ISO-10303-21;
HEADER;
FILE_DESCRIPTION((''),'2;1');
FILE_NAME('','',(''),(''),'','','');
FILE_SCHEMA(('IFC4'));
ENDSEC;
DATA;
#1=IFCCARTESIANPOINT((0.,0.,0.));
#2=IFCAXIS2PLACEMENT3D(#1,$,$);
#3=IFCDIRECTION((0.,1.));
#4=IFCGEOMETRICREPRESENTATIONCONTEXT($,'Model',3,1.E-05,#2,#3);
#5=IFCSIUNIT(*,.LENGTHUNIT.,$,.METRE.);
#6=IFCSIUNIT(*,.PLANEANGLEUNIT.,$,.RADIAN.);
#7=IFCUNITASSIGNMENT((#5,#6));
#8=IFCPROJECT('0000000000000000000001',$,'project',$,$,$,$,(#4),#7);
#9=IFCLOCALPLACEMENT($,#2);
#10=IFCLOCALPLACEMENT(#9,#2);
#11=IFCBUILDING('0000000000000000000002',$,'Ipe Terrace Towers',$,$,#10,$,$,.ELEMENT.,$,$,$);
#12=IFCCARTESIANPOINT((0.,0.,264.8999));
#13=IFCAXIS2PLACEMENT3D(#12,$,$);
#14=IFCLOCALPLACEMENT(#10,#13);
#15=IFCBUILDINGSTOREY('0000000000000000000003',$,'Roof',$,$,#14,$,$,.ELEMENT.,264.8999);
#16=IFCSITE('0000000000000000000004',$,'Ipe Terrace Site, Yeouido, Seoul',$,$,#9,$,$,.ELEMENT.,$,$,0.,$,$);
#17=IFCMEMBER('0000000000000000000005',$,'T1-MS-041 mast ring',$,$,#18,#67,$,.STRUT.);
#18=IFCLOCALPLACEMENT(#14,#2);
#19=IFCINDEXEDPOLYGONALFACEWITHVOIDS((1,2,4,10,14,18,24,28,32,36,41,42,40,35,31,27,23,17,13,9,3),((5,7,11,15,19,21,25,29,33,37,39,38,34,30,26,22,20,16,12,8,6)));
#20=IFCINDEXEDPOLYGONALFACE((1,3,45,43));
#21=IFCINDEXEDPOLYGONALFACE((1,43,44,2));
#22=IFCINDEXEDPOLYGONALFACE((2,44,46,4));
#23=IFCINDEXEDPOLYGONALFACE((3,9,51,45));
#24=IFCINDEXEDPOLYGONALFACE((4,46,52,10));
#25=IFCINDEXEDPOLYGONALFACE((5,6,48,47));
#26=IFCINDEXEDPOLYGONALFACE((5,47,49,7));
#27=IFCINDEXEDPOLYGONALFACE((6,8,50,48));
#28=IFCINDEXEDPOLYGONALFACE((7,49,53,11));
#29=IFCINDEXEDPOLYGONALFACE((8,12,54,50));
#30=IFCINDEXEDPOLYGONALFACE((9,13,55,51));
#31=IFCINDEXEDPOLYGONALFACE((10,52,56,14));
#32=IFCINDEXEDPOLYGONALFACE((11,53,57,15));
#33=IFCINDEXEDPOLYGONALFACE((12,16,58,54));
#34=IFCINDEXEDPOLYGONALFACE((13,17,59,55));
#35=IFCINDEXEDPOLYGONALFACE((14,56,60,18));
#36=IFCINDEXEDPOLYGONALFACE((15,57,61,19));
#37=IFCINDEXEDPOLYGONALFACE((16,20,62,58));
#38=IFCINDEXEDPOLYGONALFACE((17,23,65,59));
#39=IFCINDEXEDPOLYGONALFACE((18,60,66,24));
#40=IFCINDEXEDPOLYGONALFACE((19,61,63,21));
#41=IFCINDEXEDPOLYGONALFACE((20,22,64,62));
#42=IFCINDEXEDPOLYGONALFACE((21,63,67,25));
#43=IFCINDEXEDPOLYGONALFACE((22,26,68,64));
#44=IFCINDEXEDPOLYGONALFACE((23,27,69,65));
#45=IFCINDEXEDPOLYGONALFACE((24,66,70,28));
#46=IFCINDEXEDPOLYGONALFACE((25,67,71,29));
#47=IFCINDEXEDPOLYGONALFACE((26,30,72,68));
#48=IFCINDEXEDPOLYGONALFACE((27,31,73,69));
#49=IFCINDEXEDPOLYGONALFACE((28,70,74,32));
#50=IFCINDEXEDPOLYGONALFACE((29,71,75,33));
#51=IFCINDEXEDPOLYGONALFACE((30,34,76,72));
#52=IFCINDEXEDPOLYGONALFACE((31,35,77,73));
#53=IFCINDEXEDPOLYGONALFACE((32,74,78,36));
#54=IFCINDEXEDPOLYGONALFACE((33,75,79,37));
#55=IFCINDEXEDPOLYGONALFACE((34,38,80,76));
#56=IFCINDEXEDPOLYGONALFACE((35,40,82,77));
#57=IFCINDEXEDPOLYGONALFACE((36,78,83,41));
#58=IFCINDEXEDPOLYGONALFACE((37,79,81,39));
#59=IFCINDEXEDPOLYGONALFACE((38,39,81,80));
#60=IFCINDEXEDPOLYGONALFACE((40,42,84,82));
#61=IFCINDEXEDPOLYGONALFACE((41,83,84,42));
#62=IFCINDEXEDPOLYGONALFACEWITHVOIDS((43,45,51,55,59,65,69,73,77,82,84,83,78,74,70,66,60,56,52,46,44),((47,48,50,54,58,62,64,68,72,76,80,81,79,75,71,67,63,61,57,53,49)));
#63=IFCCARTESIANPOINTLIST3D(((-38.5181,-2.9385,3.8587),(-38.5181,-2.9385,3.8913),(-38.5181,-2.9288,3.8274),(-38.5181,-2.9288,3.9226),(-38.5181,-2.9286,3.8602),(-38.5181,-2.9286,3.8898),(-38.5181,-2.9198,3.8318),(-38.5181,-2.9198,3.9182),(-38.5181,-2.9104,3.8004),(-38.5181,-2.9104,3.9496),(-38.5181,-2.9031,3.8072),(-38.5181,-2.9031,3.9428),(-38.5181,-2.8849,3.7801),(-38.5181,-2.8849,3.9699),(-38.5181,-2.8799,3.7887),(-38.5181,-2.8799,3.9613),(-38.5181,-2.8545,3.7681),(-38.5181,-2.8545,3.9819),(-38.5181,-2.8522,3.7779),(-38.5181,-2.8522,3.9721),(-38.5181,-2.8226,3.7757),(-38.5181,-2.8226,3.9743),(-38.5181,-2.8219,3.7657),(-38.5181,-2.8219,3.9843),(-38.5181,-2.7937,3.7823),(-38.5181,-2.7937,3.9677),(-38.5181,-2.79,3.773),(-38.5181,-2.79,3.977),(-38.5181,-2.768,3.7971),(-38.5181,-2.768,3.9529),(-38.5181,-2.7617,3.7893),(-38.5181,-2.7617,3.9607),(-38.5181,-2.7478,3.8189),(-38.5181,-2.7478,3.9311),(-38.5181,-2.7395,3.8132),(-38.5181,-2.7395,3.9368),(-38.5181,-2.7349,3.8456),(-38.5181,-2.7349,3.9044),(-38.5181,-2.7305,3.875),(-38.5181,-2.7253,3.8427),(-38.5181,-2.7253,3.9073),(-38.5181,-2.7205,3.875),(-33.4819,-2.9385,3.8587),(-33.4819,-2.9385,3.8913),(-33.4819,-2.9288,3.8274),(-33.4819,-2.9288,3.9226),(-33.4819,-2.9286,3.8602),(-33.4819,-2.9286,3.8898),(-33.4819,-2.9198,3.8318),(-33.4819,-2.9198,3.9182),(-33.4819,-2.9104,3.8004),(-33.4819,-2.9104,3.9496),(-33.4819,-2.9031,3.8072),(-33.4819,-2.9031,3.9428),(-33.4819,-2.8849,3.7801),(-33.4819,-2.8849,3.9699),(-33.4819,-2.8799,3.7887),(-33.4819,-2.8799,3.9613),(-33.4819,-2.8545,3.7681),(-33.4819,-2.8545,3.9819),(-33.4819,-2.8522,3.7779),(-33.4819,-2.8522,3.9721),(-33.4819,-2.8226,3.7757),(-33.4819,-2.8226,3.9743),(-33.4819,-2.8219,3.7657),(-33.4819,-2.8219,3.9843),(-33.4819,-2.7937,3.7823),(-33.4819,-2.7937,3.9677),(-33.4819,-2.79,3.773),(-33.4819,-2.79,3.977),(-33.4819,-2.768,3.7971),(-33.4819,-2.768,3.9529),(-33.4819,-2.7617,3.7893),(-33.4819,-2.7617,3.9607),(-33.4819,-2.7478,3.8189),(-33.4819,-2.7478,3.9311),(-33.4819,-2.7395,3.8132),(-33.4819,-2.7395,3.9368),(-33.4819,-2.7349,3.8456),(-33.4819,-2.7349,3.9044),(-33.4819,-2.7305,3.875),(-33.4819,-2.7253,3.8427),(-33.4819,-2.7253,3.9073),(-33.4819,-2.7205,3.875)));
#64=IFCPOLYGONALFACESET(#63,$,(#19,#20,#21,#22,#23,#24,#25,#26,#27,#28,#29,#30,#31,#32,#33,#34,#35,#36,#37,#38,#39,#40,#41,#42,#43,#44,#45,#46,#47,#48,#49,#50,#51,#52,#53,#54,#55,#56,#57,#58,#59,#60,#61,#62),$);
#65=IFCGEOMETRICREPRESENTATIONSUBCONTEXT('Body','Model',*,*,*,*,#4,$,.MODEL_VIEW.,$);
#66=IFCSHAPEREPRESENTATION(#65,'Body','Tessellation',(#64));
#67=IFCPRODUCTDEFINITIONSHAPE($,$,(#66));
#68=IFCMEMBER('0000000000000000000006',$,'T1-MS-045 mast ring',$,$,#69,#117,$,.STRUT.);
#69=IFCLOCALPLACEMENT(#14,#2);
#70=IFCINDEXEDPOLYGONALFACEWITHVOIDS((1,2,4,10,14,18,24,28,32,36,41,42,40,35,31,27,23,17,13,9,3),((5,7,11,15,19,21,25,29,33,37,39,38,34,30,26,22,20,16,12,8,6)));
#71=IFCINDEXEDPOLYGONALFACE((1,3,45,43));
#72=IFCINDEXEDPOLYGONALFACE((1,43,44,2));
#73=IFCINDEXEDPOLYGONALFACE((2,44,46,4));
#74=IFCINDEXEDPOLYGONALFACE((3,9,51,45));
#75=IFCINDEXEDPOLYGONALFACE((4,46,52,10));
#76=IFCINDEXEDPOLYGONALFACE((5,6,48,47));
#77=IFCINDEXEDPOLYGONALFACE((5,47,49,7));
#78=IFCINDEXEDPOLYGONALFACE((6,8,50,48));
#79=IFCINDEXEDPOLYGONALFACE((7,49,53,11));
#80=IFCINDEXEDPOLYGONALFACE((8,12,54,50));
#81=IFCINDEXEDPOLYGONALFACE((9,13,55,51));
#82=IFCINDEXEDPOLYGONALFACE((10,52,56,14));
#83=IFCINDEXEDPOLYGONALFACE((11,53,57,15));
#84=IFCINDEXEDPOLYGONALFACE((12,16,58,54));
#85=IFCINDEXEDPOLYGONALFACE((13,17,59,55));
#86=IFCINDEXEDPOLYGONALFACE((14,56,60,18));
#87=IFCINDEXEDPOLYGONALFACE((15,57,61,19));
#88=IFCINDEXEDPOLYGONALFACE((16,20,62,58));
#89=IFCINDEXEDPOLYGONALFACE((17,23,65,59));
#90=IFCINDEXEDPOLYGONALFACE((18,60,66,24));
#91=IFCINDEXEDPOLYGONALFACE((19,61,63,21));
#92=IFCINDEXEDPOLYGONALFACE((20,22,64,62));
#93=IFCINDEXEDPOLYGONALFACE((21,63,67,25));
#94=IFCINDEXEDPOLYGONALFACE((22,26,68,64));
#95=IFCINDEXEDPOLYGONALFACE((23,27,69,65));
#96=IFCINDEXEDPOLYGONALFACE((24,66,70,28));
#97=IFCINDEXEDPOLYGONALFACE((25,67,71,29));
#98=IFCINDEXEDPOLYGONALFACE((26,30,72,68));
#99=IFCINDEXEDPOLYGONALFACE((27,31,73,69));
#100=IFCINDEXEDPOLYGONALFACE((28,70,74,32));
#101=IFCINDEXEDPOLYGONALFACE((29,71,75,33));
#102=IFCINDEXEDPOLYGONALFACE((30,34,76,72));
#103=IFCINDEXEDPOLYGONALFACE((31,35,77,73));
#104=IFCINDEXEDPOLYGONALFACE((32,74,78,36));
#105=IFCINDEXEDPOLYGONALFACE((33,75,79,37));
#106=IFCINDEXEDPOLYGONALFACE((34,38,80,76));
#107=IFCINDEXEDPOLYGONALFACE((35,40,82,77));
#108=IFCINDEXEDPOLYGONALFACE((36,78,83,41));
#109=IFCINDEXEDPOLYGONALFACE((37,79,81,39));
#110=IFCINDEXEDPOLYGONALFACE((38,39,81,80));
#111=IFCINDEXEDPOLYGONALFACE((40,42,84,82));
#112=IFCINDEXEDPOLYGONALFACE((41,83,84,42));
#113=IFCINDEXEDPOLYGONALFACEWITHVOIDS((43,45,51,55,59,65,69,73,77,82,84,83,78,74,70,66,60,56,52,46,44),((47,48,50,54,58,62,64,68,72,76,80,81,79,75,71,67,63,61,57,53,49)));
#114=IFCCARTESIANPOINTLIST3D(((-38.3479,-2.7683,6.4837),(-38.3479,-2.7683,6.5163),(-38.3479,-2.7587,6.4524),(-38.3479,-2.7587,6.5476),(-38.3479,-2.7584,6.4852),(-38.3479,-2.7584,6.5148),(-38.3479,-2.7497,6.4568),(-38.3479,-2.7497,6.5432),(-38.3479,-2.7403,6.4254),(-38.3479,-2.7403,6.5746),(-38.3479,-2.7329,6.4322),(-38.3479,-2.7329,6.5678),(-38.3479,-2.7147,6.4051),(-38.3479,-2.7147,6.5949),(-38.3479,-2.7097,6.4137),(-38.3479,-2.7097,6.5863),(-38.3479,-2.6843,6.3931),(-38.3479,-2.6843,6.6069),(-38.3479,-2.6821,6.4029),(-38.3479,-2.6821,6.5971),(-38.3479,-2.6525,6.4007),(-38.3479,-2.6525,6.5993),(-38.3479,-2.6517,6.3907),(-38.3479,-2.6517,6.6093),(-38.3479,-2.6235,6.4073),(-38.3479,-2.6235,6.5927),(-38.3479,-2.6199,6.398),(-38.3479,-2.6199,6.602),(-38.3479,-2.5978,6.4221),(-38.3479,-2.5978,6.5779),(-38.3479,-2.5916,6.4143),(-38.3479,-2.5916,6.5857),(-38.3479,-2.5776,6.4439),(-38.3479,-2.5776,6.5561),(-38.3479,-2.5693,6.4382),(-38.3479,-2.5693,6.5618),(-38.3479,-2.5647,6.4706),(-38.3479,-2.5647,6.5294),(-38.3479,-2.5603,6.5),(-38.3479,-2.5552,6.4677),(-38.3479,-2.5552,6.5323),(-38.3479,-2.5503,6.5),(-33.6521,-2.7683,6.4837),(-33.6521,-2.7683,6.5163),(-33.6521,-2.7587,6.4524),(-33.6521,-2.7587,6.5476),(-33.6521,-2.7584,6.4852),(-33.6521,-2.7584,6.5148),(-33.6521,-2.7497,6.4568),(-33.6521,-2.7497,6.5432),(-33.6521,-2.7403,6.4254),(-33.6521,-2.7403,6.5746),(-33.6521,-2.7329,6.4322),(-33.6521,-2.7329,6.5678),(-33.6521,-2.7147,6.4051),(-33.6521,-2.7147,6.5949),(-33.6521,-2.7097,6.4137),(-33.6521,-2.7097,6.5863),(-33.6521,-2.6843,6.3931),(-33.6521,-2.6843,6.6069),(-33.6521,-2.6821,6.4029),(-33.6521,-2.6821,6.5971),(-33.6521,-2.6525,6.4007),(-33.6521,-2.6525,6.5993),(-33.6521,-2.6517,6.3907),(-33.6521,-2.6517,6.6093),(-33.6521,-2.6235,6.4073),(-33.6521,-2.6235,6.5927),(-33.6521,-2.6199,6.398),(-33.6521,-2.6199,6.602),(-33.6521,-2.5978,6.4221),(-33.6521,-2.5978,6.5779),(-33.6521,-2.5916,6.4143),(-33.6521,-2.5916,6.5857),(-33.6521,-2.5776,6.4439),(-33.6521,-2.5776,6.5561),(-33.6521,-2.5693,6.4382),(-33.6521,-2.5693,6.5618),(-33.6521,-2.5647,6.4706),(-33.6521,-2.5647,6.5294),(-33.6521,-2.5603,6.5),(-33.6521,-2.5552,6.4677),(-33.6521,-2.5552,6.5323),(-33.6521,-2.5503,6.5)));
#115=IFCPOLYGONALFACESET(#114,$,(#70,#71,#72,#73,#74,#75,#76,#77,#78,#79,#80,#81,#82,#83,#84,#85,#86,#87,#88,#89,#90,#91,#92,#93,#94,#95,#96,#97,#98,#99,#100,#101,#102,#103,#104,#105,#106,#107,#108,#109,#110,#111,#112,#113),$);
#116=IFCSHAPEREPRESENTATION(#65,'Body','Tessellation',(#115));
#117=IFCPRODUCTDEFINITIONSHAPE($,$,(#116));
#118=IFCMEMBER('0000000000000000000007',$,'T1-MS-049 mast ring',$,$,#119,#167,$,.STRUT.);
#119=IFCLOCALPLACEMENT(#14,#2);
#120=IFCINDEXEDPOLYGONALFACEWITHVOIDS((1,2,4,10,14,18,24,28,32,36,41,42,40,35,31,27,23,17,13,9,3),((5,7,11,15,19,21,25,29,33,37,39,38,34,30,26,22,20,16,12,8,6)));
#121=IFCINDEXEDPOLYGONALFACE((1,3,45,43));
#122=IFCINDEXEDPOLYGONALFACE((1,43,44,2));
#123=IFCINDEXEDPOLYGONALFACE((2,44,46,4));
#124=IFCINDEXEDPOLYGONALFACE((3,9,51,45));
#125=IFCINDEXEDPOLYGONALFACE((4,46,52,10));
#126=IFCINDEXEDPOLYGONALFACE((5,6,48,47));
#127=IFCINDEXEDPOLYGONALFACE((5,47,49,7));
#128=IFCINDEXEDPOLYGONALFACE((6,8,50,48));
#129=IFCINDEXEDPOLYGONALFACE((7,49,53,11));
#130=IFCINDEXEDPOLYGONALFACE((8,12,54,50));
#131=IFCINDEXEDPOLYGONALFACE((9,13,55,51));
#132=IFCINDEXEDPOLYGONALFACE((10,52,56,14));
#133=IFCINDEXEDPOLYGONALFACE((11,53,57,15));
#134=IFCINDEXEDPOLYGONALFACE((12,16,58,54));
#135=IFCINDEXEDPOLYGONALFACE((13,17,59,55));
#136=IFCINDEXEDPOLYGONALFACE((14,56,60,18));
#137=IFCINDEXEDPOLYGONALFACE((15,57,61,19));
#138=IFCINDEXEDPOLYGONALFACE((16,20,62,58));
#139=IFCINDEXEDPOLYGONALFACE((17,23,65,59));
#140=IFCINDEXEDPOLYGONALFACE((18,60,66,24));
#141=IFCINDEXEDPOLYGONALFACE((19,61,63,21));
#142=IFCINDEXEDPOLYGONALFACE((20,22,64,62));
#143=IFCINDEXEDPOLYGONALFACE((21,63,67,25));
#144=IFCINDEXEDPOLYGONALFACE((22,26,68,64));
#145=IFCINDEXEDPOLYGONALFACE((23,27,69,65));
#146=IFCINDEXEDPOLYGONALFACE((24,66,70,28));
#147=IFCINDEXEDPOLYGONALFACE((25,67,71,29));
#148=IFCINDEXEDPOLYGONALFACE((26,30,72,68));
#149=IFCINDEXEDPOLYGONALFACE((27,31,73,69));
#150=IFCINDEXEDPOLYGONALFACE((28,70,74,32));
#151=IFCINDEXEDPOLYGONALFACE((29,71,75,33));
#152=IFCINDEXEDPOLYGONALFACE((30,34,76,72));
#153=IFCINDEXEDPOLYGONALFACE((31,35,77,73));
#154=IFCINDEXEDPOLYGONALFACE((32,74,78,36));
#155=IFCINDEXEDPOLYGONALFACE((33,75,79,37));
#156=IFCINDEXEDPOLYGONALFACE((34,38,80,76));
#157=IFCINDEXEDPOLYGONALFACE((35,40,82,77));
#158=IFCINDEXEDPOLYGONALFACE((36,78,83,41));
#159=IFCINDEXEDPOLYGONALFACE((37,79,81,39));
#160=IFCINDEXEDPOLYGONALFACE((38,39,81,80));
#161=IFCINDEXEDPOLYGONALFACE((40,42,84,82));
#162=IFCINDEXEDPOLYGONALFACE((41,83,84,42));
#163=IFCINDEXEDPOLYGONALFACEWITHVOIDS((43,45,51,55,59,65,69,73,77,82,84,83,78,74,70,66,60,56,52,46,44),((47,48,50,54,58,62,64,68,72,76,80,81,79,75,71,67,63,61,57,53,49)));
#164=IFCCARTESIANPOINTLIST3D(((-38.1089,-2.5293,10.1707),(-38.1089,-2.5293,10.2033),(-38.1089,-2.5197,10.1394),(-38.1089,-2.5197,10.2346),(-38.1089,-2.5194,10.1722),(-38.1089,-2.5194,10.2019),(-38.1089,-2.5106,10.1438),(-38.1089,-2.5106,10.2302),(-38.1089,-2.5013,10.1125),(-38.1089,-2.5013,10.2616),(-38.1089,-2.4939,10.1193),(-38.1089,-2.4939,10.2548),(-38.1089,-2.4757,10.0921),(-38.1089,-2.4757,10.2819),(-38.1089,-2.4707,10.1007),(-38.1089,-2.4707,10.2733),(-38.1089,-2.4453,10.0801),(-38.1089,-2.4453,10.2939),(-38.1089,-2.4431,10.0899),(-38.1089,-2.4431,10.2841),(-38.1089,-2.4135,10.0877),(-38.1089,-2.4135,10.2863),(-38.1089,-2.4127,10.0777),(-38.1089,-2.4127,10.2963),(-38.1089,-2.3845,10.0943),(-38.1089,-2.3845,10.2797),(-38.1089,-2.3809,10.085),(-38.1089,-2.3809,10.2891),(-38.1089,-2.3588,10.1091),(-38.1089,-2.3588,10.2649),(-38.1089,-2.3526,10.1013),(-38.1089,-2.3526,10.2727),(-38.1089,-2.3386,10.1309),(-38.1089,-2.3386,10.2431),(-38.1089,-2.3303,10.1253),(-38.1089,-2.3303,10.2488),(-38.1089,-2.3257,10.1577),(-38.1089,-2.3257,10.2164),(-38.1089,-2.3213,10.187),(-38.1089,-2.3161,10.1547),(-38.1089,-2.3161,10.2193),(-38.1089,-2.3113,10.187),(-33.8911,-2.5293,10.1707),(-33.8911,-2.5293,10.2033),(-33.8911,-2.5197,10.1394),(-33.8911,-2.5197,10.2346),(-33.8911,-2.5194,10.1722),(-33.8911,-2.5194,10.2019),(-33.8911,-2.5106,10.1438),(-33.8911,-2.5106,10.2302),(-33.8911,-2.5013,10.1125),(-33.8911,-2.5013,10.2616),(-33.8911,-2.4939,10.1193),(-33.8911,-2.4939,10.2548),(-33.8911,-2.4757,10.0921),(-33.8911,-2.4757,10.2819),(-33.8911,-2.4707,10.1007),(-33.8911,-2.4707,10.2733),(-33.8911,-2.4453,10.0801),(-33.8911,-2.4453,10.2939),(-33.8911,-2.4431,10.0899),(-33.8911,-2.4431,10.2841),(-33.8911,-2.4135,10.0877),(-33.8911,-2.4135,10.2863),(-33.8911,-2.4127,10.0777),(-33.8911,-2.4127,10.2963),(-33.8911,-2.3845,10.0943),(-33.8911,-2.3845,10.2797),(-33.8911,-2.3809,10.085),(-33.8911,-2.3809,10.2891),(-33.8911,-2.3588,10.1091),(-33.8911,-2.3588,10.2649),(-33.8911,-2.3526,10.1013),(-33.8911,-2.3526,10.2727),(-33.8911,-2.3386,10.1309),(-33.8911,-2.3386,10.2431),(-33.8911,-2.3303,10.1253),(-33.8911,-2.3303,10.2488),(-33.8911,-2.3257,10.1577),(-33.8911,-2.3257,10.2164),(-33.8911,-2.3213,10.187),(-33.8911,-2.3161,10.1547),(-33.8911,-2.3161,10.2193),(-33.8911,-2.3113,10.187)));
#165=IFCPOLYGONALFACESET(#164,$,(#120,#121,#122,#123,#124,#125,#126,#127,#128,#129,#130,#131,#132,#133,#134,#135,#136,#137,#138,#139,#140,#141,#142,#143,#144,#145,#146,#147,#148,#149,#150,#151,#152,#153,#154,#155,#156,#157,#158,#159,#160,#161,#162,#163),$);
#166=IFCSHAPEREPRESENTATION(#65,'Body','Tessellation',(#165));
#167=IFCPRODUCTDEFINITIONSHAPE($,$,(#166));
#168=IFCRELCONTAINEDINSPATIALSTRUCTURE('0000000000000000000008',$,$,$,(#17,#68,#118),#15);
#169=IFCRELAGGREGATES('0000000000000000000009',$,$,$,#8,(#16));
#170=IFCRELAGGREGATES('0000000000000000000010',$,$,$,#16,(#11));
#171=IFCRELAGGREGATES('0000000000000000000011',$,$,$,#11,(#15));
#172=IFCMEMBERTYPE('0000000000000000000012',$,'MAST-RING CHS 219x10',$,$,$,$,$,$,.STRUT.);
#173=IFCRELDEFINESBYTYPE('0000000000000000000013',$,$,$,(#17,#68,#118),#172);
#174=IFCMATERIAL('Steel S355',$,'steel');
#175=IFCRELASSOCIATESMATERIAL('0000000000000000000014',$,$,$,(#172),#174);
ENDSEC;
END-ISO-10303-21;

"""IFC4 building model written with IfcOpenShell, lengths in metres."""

from ifc_helpers import new_model, si_unit, direction, frame, origin, origin_2d, place, context, subcontext, project, spatial, hollow_circle, extrude, material, material_profile, profile_set, type_object, element, save


model = new_model("IFC4")

# Units and contexts
model_context = context("Model", 3, precision=1e-05, world=origin(), true_north=direction((0.0, 1.0)))
body_context = subcontext(model_context, "Body", "Model", "MODEL_VIEW")
ifc_project = project(units=[si_unit("LENGTHUNIT", "METRE"), si_unit("PLANEANGLEUNIT", "RADIAN")], contexts=[model_context])

# Site, building, storey
site_placement = place(None, origin())
site = spatial("IfcSite", under=ifc_project, at=site_placement, Name="Ipe Terrace Site, Yeouido, Seoul", CompositionType="ELEMENT", RefElevation=0.0)
building_placement = place(site_placement, origin())
building = spatial("IfcBuilding", under=site, at=building_placement, Name="Ipe Terrace Towers", CompositionType="ELEMENT")
storey_placement = place(building_placement, frame((0.0, 0.0, 264.8999)))
storey = spatial("IfcBuildingStorey", under=building, at=storey_placement, Name="Roof", CompositionType="ELEMENT", Elevation=264.8999)

# Members
ifc_material_1 = material(Name="Steel S355", Category="steel")
ifc_material_profile_1 = material_profile(ifc_material_1, hollow_circle(Radius=0.1096, WallThickness=0.01, at=origin_2d()), Name="MAST-RING CHS 219x10")
ifc_profile_set_1 = profile_set([ifc_material_profile_1], Name="Steel S355")
member_type_1 = type_object("IfcMemberType", Name="MAST-RING CHS 219x10", PredefinedType="STRUT", material=ifc_profile_set_1)
member_1_placement = place(storey_placement, frame((-38.5181, -2.8301, 3.875), z_axis=(1.0, 0.0, 0.0), x_axis=(0.0, 1.0, 0.0)))
element("IfcMember", 1, at=member_1_placement, inside=storey, type_object=member_type_1, Name="T1-MS-041 mast ring", PredefinedType="STRUT", context=body_context, shape_type="SweptSolid", body=[
    extrude(hollow_circle(Radius=0.1096, WallThickness=0.01, at=origin_2d()), origin(), (0.0, 0.0, 1.0), 5.0361),
])
member_2_placement = place(storey_placement, frame((-38.3479, -2.6599, 6.5), z_axis=(1.0, 0.0, 0.0), x_axis=(0.0, 1.0, 0.0)))
element("IfcMember", 2, at=member_2_placement, inside=storey, type_object=member_type_1, Name="T1-MS-045 mast ring", PredefinedType="STRUT", context=body_context, shape_type="SweptSolid", body=[
    extrude(hollow_circle(Radius=0.1096, WallThickness=0.01, at=origin_2d()), origin(), (0.0, 0.0, 1.0), 4.6958),
])
member_3_placement = place(storey_placement, frame((-38.1089, -2.4209, 10.187), z_axis=(1.0, 0.0, 0.0), x_axis=(0.0, 1.0, 0.0)))
element("IfcMember", 3, at=member_3_placement, inside=storey, type_object=member_type_1, Name="T1-MS-049 mast ring", PredefinedType="STRUT", context=body_context, shape_type="SweptSolid", body=[
    extrude(hollow_circle(Radius=0.1096, WallThickness=0.01, at=origin_2d()), origin(), (0.0, 0.0, 1.0), 4.2178),
])

save(model, "model.ifc")
